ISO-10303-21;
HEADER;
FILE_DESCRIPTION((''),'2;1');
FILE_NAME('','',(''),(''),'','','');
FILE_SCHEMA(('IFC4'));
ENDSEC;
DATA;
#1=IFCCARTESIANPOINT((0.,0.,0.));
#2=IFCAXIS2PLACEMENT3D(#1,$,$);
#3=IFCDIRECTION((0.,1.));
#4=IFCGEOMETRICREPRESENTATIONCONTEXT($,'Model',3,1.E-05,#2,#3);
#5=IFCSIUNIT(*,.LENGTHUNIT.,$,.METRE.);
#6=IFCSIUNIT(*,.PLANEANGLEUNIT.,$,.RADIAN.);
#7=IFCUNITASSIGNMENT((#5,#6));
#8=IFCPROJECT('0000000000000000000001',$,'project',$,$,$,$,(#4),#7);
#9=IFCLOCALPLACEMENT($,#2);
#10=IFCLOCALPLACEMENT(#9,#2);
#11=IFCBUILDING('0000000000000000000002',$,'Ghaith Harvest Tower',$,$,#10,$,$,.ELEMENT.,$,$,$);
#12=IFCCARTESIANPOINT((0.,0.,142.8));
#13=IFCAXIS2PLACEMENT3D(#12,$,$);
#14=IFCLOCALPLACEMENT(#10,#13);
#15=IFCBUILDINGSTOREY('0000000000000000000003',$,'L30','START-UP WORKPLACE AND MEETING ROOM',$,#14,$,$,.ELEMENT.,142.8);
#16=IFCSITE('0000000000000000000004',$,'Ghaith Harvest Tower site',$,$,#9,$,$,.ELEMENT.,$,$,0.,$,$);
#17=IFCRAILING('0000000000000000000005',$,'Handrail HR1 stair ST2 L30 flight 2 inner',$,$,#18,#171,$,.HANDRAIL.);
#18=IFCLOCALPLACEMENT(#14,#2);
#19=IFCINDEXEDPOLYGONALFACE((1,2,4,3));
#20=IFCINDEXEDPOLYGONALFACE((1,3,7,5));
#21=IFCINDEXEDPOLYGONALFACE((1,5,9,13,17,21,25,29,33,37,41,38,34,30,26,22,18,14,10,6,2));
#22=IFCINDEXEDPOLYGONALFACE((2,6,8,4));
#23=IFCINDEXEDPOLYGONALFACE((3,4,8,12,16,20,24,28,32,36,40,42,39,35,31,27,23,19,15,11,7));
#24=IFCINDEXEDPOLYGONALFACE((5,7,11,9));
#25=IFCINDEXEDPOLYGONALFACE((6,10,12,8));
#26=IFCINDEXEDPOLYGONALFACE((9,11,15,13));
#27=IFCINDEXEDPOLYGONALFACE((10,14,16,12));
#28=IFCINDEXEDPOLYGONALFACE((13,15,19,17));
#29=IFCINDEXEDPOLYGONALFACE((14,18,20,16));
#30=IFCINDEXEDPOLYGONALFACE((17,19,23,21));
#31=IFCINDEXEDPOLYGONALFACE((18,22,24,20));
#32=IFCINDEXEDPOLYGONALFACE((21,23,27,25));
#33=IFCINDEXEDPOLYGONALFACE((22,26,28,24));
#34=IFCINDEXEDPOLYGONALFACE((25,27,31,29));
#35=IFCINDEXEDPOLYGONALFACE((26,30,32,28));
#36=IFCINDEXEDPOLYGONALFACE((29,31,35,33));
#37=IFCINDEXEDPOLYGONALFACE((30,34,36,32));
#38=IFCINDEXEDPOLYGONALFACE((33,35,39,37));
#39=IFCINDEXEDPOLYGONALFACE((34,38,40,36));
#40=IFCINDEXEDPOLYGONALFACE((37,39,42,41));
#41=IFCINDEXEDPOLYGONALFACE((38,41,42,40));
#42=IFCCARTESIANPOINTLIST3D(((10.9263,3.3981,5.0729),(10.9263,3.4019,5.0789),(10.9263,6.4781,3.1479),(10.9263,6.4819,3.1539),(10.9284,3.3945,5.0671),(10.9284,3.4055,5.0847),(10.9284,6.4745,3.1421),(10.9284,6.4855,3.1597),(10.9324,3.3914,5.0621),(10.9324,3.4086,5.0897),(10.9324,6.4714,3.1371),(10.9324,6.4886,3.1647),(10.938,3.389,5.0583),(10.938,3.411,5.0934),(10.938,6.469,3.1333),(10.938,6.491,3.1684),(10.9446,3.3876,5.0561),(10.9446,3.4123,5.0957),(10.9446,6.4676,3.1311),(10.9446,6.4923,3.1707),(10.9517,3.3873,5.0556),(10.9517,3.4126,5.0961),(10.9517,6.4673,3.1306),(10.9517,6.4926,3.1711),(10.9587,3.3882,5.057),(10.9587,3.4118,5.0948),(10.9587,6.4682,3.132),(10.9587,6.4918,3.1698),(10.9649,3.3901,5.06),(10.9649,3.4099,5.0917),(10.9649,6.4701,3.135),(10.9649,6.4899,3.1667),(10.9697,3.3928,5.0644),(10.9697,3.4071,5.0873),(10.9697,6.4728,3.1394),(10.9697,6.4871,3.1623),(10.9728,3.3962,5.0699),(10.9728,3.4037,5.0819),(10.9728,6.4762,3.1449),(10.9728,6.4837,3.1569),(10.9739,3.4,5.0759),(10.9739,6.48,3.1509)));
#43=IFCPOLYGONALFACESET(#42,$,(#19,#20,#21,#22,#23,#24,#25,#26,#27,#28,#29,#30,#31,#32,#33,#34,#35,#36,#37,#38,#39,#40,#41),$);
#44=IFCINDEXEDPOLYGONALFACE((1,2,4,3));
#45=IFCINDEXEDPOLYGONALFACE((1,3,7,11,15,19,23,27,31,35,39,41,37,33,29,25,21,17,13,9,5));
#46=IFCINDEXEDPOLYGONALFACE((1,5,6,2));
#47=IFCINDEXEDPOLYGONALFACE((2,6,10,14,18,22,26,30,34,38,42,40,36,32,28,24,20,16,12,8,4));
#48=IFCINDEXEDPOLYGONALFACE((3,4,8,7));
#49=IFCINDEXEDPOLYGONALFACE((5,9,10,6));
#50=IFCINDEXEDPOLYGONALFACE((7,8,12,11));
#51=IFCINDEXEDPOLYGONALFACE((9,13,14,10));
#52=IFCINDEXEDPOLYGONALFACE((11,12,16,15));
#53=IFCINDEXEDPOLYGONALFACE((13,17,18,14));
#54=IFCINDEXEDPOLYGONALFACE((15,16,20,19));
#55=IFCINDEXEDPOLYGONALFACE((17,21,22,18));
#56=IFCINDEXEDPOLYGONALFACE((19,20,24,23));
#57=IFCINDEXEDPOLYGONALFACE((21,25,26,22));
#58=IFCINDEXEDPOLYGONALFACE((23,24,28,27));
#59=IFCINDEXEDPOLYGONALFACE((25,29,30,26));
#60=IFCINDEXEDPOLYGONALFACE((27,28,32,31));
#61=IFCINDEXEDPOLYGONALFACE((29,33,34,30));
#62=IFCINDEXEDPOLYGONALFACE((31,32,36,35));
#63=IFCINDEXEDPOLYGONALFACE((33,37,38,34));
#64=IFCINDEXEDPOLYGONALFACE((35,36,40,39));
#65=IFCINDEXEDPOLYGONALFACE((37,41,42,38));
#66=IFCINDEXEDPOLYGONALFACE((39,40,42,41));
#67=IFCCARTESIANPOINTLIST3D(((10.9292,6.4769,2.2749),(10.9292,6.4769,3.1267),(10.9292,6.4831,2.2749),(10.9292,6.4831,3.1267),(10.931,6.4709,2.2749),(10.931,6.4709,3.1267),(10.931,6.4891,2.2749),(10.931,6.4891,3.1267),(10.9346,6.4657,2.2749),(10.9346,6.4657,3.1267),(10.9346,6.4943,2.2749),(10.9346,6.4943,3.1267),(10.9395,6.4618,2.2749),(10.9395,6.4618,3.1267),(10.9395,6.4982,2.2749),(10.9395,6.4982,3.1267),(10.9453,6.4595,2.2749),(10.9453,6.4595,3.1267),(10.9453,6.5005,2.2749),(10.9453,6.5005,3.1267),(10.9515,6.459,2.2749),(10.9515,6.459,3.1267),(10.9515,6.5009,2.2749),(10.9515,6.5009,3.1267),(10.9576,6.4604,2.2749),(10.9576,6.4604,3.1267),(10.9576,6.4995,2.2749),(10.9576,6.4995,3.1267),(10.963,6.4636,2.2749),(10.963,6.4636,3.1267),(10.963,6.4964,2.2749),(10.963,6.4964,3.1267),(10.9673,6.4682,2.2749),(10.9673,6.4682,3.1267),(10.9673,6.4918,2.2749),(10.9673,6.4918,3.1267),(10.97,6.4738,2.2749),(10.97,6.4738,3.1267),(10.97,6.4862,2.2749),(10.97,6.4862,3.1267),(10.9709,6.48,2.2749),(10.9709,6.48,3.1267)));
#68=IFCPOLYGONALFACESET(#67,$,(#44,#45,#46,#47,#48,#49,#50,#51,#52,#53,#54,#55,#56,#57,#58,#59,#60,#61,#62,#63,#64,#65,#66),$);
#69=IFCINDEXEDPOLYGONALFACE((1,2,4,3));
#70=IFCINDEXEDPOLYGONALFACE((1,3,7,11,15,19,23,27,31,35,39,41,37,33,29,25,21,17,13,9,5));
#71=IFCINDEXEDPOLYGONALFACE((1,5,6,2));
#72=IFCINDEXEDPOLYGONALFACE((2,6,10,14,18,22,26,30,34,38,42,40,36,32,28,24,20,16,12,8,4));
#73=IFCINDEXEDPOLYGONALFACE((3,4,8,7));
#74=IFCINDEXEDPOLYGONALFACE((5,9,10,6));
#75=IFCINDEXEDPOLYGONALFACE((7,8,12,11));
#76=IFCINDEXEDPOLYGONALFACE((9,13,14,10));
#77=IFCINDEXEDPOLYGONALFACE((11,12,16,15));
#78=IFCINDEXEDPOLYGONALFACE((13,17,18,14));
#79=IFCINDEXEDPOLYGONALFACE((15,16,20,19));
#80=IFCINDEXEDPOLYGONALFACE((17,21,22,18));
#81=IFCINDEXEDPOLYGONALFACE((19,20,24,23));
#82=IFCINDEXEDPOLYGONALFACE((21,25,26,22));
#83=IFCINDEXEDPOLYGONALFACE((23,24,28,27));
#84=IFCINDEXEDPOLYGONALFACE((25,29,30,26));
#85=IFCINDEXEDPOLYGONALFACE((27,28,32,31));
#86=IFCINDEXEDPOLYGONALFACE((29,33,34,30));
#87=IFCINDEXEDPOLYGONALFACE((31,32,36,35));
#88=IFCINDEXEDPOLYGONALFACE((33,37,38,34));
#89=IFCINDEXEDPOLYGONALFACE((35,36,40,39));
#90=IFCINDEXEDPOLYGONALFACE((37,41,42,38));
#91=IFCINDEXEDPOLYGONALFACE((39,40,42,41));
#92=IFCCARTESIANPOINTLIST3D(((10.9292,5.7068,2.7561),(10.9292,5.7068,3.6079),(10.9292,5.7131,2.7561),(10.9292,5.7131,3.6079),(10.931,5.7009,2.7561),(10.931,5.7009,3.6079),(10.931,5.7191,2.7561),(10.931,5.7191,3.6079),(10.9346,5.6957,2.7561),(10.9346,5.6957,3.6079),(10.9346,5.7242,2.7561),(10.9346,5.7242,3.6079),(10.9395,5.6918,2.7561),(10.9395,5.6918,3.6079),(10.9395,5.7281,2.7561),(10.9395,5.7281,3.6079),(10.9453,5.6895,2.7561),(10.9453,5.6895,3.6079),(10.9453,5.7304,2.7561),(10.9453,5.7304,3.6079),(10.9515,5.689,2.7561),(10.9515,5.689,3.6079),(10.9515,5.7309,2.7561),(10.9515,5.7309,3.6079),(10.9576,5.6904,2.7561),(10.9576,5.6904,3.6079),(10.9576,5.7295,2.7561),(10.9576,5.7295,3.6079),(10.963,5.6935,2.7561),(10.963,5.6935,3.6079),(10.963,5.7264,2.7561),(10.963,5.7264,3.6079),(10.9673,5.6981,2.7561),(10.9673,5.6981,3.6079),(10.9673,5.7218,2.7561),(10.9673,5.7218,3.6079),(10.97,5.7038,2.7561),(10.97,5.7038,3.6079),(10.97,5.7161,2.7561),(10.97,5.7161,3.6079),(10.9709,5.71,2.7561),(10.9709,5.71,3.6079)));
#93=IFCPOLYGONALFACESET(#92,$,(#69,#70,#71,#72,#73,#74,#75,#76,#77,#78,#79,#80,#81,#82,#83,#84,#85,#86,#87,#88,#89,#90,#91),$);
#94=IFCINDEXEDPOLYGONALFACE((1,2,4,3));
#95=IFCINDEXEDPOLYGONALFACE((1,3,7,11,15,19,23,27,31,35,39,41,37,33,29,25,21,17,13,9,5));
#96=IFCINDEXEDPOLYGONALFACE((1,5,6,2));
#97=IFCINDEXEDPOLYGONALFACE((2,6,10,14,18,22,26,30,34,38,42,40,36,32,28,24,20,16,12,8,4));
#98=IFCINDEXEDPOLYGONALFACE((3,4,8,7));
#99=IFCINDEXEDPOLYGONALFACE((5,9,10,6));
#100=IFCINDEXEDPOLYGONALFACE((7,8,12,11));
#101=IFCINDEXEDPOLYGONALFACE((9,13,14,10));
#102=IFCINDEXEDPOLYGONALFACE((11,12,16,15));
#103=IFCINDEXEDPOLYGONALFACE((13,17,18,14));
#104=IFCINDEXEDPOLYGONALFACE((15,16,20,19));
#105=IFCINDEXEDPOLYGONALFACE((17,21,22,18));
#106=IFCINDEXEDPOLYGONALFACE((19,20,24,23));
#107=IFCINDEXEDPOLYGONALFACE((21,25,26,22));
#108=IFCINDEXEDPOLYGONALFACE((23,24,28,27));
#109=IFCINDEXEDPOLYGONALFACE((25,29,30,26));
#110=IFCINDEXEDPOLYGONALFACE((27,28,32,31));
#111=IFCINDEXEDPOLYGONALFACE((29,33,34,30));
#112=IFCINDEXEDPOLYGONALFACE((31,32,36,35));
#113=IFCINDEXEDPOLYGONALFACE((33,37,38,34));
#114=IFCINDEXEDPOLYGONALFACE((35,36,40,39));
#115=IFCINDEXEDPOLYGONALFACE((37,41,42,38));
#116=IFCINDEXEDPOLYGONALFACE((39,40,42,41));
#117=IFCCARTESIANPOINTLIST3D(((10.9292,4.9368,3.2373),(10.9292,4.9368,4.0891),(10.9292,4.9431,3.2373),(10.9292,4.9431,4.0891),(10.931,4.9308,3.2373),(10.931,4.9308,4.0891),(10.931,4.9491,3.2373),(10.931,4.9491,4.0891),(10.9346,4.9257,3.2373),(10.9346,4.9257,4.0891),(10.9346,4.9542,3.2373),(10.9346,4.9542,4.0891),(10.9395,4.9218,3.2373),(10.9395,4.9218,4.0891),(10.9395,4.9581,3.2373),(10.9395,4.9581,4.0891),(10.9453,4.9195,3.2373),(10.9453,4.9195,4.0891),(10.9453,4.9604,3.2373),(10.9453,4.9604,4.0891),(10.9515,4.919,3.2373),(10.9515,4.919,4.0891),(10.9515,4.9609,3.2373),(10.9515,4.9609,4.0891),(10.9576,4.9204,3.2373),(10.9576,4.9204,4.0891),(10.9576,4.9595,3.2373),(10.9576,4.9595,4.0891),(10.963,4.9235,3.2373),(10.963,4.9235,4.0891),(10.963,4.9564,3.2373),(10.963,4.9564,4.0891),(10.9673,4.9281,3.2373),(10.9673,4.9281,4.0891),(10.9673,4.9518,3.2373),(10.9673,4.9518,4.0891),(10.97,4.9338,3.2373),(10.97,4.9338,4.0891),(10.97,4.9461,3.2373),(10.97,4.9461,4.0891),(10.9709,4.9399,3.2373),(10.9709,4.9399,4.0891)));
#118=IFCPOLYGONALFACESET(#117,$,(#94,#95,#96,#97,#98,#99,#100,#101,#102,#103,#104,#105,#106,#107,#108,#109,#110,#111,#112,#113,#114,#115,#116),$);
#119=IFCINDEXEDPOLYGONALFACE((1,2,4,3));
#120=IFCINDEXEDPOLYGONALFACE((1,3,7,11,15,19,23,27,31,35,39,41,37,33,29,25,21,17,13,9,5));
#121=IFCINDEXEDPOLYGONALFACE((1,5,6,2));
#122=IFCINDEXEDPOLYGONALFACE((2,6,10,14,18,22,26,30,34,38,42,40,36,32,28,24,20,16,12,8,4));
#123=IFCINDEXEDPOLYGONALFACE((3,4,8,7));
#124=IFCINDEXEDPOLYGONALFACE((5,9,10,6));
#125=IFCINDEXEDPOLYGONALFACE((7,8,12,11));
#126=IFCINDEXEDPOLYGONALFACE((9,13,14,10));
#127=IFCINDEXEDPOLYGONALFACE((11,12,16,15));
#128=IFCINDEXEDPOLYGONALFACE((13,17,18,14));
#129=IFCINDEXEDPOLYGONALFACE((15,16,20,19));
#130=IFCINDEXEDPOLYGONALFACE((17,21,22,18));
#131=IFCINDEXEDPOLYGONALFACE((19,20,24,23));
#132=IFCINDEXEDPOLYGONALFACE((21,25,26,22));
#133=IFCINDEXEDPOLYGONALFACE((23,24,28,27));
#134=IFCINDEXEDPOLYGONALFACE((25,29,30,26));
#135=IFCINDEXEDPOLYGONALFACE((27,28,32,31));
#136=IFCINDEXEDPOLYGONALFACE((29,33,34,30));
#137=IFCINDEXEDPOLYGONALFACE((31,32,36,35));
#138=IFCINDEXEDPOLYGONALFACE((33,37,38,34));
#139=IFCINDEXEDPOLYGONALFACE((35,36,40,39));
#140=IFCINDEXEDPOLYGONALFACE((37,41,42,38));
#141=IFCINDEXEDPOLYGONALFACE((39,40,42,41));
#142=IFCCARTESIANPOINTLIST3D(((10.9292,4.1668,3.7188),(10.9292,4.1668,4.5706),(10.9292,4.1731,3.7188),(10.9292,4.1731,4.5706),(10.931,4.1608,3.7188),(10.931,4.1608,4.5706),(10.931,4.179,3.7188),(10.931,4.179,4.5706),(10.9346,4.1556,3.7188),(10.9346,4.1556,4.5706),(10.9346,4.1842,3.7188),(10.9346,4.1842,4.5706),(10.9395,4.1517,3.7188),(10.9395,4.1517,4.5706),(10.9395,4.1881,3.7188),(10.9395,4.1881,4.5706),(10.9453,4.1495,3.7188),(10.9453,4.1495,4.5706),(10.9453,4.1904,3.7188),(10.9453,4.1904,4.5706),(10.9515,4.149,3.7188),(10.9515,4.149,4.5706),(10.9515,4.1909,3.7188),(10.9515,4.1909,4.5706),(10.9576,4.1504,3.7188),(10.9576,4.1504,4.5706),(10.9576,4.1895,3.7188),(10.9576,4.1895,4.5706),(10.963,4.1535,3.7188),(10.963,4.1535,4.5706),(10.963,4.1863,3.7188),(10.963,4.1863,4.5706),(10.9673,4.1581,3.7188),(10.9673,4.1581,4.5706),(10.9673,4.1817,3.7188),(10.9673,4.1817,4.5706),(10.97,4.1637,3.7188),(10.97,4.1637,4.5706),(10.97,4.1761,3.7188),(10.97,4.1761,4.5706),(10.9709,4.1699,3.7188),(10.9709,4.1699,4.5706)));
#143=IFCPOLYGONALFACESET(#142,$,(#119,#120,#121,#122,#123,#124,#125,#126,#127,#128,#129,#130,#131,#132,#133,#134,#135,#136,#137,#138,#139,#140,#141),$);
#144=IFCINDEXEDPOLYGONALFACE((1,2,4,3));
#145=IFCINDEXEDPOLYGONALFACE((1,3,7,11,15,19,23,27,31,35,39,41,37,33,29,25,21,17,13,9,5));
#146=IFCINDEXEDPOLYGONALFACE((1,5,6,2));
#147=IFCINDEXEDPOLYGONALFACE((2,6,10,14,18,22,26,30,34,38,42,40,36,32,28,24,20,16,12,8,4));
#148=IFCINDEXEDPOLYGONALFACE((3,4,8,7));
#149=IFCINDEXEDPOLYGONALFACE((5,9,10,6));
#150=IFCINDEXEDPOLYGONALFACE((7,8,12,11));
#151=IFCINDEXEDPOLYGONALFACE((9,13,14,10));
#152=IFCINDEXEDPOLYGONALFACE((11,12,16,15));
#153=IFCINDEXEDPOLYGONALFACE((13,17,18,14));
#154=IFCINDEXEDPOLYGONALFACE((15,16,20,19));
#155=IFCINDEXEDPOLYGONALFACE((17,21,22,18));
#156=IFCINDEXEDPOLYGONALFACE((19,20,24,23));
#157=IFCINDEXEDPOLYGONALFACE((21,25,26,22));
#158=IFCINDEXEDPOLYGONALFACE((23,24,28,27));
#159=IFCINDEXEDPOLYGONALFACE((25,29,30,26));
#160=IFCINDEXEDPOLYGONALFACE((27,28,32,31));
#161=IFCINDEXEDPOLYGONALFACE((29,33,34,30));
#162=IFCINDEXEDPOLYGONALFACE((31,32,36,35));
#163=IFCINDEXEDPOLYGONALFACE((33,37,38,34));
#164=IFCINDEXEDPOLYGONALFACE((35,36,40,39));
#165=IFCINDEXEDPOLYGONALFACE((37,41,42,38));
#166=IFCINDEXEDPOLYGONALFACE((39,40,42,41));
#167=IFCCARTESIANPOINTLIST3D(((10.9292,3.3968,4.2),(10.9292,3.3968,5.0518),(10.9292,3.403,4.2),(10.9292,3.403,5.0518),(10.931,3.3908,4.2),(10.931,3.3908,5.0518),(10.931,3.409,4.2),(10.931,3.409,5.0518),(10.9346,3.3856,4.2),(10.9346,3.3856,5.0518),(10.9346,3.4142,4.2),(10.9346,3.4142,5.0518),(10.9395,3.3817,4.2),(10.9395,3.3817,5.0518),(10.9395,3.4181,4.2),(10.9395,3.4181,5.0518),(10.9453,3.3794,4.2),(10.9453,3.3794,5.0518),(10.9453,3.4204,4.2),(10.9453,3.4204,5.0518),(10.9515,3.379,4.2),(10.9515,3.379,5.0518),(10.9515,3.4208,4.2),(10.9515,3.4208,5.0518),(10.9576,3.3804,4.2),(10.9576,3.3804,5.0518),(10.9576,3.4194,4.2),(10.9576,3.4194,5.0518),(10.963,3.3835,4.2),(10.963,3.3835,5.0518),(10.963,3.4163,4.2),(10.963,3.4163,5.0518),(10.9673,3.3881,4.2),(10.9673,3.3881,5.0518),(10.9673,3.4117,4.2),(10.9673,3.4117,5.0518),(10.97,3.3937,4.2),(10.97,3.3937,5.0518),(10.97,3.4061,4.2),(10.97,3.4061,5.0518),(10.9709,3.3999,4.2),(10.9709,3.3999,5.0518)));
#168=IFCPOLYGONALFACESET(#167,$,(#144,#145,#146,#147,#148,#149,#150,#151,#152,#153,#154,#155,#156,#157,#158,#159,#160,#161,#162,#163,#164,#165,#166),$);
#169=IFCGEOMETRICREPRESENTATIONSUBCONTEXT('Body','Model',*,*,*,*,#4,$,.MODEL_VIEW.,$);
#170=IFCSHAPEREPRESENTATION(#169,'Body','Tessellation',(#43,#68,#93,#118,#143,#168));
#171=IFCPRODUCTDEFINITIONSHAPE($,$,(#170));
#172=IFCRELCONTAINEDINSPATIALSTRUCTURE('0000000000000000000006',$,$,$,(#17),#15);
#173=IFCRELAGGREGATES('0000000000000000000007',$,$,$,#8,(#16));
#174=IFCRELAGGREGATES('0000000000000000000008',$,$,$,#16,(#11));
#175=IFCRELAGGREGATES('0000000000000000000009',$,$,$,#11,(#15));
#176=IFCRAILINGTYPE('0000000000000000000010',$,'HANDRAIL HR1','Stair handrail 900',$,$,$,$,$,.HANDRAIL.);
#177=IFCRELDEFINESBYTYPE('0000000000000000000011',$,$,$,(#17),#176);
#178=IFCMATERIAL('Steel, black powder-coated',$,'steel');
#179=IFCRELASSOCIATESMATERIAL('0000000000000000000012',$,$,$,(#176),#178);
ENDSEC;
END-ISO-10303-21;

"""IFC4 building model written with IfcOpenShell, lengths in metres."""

from ifc_helpers import new_model, si_unit, direction, frame, origin, origin_2d, place, context, subcontext, project, spatial, circle, extrude, material, type_object, element, save


model = new_model("IFC4")

# Units and contexts
model_context = context("Model", 3, precision=1e-05, world=origin(), true_north=direction((0.0, 1.0)))
body_context = subcontext(model_context, "Body", "Model", "MODEL_VIEW")
ifc_project = project(units=[si_unit("LENGTHUNIT", "METRE"), si_unit("PLANEANGLEUNIT", "RADIAN")], contexts=[model_context])

# Site, building, storey
site_placement = place(None, origin())
site = spatial("IfcSite", under=ifc_project, at=site_placement, Name="Ghaith Harvest Tower site", CompositionType="ELEMENT", RefElevation=0.0)
building_placement = place(site_placement, origin())
building = spatial("IfcBuilding", under=site, at=building_placement, Name="Ghaith Harvest Tower", CompositionType="ELEMENT")
storey_placement = place(building_placement, frame((0.0, 0.0, 142.8)))
storey = spatial("IfcBuildingStorey", under=building, at=storey_placement, Name="L30", Description="START-UP WORKPLACE AND MEETING ROOM", CompositionType="ELEMENT", Elevation=142.8)

# Railing
ifc_material_1 = material(Name="Steel, black powder-coated", Category="steel")
railing_type = type_object("IfcRailingType", Name="HANDRAIL HR1", Description="Stair handrail 900", PredefinedType="HANDRAIL", material=ifc_material_1)
railing_1_placement = place(storey_placement, frame((10.95, 6.48, 2.2749)))
element("IfcRailing", 1, at=railing_1_placement, inside=storey, type_object=railing_type, Name="Handrail HR1 stair ST2 L30 flight 2 inner", PredefinedType="HANDRAIL", context=body_context, shape_type="SweptSolid", body=[
    extrude(circle(Radius=0.0239, at=origin_2d()), frame((0.0, 0.0, 0.876), z_axis=(0.0, -0.847998, 0.529999), x_axis=(1.0, 0.0, 0.0)), (0.0, 0.0, 1.0), 3.6321),
    extrude(circle(Radius=0.021, at=origin_2d()), origin(), (0.0, 0.0, 1.0), 0.8518),
    extrude(circle(Radius=0.021, at=origin_2d()), frame((0.0, -0.77, 0.4812)), (0.0, 0.0, 1.0), 0.8518),
    extrude(circle(Radius=0.021, at=origin_2d()), frame((0.0, -1.54, 0.9624)), (0.0, 0.0, 1.0), 0.8518),
    extrude(circle(Radius=0.021, at=origin_2d()), frame((0.0, -2.3101, 1.4438)), (0.0, 0.0, 1.0), 0.8518),
    extrude(circle(Radius=0.021, at=origin_2d()), frame((0.0, -3.0801, 1.925)), (0.0, 0.0, 1.0), 0.8518),
])

save(model, "model.ifc")
